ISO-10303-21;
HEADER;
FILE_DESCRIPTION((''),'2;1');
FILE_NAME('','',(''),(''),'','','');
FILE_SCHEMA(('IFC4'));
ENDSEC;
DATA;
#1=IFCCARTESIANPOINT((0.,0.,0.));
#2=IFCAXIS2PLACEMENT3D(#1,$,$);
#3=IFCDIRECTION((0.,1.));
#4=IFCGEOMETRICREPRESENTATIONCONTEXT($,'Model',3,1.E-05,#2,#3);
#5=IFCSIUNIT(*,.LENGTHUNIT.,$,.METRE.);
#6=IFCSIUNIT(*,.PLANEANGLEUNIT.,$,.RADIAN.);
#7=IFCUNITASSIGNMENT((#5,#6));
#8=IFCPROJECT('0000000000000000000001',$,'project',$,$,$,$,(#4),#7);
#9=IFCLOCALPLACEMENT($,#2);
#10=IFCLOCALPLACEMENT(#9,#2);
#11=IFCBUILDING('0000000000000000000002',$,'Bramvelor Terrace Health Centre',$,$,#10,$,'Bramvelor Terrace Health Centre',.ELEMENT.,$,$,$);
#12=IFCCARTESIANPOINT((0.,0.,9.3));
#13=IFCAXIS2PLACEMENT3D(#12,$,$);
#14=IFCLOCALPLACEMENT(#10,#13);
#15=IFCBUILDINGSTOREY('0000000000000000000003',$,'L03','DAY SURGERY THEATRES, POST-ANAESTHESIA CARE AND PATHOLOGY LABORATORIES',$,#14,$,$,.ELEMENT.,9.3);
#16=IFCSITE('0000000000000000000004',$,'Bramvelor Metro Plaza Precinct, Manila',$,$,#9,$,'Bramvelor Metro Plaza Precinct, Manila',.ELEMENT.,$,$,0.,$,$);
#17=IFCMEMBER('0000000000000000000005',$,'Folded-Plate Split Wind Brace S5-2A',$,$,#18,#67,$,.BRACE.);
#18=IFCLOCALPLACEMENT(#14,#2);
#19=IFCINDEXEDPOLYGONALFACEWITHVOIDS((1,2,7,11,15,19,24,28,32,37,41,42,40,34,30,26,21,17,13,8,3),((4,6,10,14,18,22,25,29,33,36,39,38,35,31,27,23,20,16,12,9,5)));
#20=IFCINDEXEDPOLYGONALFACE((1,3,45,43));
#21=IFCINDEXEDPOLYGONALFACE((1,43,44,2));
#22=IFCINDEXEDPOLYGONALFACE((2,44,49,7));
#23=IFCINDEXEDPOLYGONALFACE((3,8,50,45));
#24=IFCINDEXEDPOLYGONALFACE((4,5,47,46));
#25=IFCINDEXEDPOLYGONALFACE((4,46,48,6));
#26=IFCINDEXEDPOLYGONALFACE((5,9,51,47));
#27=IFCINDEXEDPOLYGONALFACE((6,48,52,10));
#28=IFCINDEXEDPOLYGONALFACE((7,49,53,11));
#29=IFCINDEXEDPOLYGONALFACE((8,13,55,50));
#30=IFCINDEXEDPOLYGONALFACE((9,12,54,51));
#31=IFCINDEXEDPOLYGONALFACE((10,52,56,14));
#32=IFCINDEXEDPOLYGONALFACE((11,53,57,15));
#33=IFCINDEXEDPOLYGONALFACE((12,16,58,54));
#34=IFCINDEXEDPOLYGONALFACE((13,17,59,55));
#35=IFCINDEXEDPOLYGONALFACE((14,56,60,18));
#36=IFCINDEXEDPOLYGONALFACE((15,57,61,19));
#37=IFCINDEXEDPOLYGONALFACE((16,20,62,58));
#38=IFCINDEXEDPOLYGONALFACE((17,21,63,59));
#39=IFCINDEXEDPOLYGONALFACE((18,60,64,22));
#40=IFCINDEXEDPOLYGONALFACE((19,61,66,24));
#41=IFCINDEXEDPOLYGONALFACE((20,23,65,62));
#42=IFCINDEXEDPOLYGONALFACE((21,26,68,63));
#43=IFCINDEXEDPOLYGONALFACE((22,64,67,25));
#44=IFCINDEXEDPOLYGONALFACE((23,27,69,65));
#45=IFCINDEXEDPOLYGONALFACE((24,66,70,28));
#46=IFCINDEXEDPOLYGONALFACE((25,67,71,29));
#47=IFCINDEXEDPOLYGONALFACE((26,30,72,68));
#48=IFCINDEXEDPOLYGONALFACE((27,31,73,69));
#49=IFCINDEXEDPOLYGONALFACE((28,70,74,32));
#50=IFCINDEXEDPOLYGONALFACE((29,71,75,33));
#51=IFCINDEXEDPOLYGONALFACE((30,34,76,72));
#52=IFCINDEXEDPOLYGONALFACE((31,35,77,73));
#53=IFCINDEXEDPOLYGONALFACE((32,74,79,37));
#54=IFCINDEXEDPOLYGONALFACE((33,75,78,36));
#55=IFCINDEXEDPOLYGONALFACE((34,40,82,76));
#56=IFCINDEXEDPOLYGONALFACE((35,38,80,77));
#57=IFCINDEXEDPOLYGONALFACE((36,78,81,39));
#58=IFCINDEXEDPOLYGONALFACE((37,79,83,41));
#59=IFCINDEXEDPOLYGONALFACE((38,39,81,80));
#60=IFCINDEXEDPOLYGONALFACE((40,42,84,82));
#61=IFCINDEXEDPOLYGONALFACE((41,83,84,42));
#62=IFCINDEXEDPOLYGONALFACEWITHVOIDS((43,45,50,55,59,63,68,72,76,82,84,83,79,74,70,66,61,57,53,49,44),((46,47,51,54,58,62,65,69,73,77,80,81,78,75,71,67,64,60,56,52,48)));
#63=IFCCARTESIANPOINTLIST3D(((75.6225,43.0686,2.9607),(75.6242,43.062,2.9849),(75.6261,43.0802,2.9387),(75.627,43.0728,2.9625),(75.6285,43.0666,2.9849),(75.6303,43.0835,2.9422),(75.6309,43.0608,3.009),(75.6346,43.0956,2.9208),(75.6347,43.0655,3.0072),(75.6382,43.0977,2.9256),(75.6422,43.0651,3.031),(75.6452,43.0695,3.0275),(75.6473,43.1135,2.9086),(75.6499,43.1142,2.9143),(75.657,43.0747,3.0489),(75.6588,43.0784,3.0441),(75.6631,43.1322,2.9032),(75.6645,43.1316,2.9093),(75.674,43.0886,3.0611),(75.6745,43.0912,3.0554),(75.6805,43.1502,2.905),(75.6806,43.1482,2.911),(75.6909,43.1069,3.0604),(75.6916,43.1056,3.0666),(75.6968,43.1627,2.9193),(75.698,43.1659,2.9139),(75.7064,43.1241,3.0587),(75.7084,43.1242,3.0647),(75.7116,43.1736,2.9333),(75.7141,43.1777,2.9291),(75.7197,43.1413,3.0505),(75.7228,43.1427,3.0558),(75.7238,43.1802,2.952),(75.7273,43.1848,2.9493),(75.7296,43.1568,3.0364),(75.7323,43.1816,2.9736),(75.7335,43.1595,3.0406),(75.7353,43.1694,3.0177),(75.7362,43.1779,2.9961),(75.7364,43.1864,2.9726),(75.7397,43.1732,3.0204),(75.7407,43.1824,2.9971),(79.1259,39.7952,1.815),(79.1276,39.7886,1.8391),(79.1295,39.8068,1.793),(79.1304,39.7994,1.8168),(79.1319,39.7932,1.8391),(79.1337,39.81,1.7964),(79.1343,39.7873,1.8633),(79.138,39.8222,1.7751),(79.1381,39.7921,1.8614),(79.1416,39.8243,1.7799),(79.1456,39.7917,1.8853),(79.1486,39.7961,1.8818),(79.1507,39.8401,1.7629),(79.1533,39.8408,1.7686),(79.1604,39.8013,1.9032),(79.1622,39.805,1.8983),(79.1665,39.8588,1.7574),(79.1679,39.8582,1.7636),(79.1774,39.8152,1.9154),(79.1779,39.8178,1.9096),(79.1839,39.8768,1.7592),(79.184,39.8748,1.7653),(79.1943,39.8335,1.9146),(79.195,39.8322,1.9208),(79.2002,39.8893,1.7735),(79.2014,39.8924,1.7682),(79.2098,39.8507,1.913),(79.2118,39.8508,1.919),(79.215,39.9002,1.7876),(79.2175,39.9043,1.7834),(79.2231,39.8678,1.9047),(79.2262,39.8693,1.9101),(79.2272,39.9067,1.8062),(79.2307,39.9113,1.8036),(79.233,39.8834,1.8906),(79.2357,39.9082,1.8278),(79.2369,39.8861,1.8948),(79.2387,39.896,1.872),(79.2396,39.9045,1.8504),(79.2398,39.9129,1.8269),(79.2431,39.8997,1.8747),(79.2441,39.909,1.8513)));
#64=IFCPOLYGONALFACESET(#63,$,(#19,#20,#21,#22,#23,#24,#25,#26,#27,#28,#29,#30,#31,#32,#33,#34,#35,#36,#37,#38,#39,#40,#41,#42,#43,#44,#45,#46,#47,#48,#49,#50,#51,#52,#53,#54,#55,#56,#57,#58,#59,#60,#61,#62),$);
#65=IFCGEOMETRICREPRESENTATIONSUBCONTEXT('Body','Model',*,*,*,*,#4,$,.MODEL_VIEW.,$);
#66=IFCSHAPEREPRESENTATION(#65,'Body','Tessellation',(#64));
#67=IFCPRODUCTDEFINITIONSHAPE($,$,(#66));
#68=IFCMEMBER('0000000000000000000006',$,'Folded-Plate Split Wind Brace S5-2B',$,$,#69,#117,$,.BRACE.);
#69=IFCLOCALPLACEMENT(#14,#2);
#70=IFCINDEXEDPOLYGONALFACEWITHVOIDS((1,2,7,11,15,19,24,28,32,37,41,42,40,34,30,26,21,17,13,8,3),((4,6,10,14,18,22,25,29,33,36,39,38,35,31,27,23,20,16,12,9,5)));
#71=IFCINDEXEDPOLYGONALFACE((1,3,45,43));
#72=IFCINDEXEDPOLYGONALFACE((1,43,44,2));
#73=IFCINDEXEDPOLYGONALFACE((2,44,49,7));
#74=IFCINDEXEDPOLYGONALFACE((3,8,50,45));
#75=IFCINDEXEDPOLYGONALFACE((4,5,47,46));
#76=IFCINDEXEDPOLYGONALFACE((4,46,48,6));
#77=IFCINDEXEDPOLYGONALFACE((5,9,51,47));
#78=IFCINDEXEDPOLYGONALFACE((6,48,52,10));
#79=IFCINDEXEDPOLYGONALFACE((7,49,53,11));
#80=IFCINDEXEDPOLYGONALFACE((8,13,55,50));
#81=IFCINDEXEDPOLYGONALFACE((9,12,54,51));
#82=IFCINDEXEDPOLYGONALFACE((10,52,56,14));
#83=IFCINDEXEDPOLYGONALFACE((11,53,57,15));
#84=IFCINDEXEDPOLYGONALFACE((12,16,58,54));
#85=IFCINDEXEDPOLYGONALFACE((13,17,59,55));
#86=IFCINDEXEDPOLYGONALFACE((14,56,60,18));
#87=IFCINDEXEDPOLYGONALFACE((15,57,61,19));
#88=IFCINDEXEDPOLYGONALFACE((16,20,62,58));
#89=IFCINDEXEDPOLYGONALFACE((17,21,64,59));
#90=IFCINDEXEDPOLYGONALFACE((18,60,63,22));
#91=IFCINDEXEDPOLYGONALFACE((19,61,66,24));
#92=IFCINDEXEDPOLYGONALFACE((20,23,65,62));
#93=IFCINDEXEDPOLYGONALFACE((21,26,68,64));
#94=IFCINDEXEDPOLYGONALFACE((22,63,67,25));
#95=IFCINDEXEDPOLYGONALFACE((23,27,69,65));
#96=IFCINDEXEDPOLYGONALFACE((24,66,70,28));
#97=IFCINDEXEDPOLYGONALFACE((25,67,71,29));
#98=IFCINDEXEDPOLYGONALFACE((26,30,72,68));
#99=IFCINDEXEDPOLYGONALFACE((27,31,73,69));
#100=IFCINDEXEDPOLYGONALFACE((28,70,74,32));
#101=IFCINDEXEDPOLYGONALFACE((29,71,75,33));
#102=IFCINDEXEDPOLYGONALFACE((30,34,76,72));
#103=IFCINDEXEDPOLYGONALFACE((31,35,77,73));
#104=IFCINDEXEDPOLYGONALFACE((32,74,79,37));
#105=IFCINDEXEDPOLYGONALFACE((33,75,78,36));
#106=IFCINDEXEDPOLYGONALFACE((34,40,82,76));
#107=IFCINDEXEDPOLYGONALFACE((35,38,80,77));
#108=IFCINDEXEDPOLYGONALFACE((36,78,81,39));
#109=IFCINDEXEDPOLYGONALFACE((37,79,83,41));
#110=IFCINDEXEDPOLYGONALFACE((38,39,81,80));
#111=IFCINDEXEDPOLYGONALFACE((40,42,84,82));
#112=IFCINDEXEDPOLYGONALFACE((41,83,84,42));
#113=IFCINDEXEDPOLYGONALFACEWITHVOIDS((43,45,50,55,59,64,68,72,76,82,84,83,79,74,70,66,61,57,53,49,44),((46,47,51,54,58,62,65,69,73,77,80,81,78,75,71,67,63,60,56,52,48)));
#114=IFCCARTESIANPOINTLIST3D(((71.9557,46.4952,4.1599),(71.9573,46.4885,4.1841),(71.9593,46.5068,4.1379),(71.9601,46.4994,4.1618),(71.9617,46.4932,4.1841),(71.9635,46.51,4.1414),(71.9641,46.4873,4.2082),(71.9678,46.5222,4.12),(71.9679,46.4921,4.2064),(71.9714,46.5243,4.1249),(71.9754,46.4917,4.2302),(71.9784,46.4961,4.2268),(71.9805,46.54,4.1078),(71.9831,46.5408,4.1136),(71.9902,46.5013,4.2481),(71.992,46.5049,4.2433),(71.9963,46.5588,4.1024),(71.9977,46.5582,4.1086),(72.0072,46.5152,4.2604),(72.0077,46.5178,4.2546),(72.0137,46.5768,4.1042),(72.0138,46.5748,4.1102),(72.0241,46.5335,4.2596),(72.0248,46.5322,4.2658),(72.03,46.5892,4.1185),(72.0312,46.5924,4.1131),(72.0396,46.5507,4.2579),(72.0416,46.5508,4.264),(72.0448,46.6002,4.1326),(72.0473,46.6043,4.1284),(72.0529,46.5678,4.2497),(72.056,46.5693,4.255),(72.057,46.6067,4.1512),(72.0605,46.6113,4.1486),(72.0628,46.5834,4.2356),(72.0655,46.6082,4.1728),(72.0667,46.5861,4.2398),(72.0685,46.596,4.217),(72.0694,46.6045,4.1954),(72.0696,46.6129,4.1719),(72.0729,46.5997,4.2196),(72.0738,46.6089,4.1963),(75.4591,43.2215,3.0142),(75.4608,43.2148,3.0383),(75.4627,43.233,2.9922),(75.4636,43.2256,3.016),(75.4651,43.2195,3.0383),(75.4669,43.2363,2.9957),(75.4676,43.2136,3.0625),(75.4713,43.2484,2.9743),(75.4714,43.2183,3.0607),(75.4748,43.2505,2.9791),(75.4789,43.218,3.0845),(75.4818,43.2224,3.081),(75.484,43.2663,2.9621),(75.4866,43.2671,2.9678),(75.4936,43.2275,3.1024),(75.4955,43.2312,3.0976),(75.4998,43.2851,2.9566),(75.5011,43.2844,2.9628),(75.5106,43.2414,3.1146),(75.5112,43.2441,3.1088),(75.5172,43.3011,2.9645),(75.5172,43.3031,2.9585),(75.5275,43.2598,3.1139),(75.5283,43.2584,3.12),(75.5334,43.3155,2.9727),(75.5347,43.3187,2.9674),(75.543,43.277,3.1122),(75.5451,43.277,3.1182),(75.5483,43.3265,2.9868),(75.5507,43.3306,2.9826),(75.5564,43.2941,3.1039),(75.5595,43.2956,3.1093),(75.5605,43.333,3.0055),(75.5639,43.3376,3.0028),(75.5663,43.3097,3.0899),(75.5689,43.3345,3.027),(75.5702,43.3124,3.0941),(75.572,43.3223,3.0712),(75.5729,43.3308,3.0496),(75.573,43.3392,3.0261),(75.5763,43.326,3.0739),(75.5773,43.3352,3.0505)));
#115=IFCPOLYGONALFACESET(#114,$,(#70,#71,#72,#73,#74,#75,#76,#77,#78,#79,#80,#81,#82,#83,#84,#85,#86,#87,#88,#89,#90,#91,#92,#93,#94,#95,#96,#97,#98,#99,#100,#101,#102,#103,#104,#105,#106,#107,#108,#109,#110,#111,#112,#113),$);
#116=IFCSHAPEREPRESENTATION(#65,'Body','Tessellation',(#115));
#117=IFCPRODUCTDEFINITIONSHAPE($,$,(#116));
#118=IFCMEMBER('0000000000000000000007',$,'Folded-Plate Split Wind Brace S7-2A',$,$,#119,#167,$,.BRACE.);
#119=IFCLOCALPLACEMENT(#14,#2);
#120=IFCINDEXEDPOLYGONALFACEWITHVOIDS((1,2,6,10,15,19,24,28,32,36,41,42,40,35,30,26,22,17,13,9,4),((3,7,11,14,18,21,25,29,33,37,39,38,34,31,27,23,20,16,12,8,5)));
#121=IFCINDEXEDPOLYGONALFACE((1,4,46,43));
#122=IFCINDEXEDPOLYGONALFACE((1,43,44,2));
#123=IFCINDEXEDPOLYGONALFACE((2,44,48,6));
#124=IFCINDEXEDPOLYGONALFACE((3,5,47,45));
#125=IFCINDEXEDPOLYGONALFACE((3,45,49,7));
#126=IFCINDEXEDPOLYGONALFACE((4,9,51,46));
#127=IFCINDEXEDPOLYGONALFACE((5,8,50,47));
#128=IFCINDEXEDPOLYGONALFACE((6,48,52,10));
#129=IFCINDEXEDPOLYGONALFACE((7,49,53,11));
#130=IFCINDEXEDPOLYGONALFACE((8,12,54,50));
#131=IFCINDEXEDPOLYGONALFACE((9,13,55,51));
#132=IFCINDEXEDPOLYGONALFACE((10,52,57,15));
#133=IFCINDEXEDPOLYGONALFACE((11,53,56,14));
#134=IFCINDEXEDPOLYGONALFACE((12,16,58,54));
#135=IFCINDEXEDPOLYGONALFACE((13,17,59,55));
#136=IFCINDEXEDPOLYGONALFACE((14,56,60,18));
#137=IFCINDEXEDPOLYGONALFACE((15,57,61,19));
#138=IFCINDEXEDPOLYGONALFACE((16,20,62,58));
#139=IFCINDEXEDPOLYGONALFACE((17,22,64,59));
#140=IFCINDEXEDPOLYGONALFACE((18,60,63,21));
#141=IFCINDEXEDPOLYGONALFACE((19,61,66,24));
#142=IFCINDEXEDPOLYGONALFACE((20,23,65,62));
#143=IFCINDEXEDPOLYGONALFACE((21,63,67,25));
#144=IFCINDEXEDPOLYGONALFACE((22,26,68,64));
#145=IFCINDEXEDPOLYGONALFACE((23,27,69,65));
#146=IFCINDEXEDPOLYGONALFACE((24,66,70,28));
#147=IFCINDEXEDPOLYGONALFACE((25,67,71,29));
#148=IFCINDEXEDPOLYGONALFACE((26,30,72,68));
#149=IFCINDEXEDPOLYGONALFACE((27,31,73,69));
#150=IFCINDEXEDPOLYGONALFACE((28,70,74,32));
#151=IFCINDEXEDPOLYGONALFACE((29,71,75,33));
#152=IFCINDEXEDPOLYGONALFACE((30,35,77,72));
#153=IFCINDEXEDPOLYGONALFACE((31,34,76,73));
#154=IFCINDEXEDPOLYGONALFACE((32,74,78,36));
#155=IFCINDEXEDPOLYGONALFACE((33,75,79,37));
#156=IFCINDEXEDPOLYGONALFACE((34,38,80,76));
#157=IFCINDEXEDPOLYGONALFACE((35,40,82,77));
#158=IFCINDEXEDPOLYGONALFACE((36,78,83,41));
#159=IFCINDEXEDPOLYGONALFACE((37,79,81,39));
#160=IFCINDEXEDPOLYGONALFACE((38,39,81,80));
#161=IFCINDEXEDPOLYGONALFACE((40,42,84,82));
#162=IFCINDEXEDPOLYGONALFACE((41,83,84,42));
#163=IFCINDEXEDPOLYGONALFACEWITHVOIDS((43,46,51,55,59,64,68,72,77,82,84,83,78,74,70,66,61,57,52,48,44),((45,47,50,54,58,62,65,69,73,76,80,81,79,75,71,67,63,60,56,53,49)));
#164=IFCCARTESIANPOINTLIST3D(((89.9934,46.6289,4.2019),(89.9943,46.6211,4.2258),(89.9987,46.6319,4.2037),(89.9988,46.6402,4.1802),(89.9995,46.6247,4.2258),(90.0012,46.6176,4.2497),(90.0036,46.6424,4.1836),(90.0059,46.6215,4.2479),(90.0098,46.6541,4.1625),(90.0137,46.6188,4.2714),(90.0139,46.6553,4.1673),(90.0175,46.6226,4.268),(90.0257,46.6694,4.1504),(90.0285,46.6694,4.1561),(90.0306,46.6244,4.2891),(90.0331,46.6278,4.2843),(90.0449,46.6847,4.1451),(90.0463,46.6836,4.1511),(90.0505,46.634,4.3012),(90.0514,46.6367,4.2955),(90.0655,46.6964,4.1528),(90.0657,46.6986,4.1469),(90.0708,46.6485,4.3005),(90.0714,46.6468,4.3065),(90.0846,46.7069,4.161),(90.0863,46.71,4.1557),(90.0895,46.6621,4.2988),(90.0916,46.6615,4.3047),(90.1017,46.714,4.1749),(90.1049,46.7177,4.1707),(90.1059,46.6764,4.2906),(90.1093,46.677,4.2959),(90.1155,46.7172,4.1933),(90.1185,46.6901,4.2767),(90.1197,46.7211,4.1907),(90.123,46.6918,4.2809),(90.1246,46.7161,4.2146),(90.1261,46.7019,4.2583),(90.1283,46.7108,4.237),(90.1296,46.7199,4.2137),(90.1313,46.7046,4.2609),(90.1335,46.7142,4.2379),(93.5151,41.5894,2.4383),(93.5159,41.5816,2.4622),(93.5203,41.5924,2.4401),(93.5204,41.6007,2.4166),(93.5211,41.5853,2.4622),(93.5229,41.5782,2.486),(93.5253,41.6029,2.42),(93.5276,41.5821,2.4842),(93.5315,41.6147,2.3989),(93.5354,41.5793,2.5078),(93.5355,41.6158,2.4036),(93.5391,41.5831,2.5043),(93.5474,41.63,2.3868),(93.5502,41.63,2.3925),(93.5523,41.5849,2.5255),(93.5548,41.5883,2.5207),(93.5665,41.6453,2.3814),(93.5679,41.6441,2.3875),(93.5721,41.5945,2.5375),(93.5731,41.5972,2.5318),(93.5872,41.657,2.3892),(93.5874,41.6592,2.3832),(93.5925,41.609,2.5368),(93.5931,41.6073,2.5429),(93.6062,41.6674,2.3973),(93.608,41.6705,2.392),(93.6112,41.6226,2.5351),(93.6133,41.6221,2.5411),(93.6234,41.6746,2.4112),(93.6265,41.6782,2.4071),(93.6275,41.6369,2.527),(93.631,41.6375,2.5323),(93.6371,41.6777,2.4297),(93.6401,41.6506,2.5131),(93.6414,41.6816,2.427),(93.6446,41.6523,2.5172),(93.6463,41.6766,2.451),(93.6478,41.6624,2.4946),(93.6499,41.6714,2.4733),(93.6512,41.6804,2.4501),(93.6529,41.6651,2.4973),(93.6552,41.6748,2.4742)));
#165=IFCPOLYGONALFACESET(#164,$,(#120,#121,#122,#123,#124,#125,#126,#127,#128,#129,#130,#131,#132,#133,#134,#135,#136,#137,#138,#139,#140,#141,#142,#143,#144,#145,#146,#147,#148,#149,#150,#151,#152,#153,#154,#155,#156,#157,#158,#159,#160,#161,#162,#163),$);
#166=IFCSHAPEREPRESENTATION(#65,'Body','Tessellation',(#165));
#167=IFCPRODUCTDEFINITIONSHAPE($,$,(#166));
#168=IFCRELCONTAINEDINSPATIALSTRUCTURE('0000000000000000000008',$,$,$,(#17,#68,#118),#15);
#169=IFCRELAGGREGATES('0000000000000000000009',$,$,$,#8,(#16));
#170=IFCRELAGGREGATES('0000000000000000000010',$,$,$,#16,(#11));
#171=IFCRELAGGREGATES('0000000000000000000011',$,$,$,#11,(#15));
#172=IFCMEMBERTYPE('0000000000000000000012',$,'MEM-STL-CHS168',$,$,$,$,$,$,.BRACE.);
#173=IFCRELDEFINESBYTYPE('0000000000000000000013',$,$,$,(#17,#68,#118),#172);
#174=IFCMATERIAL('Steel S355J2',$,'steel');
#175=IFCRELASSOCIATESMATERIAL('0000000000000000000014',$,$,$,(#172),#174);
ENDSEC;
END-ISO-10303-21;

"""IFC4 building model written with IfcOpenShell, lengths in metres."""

from ifc_helpers import new_model, si_unit, direction, frame, origin, origin_2d, place, context, subcontext, project, spatial, hollow_circle, extrude, material, material_profile, profile_set, type_object, element, save


model = new_model("IFC4")

# Units and contexts
model_context = context("Model", 3, precision=1e-05, world=origin(), true_north=direction((0.0, 1.0)))
body_context = subcontext(model_context, "Body", "Model", "MODEL_VIEW")
ifc_project = project(units=[si_unit("LENGTHUNIT", "METRE"), si_unit("PLANEANGLEUNIT", "RADIAN")], contexts=[model_context])

# Site, building, storey
site_placement = place(None, origin())
site = spatial("IfcSite", under=ifc_project, at=site_placement, Name="Bramvelor Metro Plaza Precinct, Manila", LongName="Bramvelor Metro Plaza Precinct, Manila", CompositionType="ELEMENT", RefElevation=0.0)
building_placement = place(site_placement, origin())
building = spatial("IfcBuilding", under=site, at=building_placement, Name="Bramvelor Terrace Health Centre", LongName="Bramvelor Terrace Health Centre", CompositionType="ELEMENT")
storey_placement = place(building_placement, frame((0.0, 0.0, 9.3)))
storey = spatial("IfcBuildingStorey", under=building, at=storey_placement, Name="L03", Description="DAY SURGERY THEATRES, POST-ANAESTHESIA CARE AND PATHOLOGY LABORATORIES", CompositionType="ELEMENT", Elevation=9.3)

# Members
ifc_material_1 = material(Name="Steel S355J2", Category="steel")
ifc_material_profile_1 = material_profile(ifc_material_1, hollow_circle(Radius=0.0842, WallThickness=0.0063, at=origin_2d()), Name="CHS 168.3x6.3")
ifc_profile_set_1 = profile_set([ifc_material_profile_1], Name="Steel S355J2")
member_type_1 = type_object("IfcMemberType", Name="MEM-STL-CHS168", PredefinedType="BRACE", material=ifc_profile_set_1)
member_1_placement = place(storey_placement, frame((79.1851, 39.8501, 1.8391), z_axis=(-0.710674, 0.664022, 0.232418), x_axis=(-0.682717, -0.730683, 0.0)))
element("IfcMember", 1, at=member_1_placement, inside=storey, type_object=member_type_1, Name="Folded-Plate Split Wind Brace S5-2A", PredefinedType="BRACE", context=body_context, shape_type="SweptSolid", body=[
    extrude(hollow_circle(Radius=0.0842, WallThickness=0.0063, at=origin_2d()), origin(), (0.0, 0.0, 1.0), 4.9297),
])
member_2_placement = place(storey_placement, frame((75.5183, 43.2764, 3.0383), z_axis=(-0.71065, 0.66405, 0.23241), x_axis=(-0.682744, -0.730657, 0.0)))
element("IfcMember", 2, at=member_2_placement, inside=storey, type_object=member_type_1, Name="Folded-Plate Split Wind Brace S5-2B", PredefinedType="BRACE", context=body_context, shape_type="SweptSolid", body=[
    extrude(hollow_circle(Radius=0.0842, WallThickness=0.0063, at=origin_2d()), origin(), (0.0, 0.0, 1.0), 4.9299),
])
member_3_placement = place(storey_placement, frame((93.585, 41.6299, 2.4622), z_axis=(-0.550605, 0.787909, 0.275741), x_axis=(-0.819687, -0.572812, 0.0)))
element("IfcMember", 3, at=member_3_placement, inside=storey, type_object=member_type_1, Name="Folded-Plate Split Wind Brace S7-2A", PredefinedType="BRACE", context=body_context, shape_type="SweptSolid", body=[
    extrude(hollow_circle(Radius=0.0842, WallThickness=0.0063, at=origin_2d()), origin(), (0.0, 0.0, 1.0), 6.396),
])

save(model, "model.ifc")
